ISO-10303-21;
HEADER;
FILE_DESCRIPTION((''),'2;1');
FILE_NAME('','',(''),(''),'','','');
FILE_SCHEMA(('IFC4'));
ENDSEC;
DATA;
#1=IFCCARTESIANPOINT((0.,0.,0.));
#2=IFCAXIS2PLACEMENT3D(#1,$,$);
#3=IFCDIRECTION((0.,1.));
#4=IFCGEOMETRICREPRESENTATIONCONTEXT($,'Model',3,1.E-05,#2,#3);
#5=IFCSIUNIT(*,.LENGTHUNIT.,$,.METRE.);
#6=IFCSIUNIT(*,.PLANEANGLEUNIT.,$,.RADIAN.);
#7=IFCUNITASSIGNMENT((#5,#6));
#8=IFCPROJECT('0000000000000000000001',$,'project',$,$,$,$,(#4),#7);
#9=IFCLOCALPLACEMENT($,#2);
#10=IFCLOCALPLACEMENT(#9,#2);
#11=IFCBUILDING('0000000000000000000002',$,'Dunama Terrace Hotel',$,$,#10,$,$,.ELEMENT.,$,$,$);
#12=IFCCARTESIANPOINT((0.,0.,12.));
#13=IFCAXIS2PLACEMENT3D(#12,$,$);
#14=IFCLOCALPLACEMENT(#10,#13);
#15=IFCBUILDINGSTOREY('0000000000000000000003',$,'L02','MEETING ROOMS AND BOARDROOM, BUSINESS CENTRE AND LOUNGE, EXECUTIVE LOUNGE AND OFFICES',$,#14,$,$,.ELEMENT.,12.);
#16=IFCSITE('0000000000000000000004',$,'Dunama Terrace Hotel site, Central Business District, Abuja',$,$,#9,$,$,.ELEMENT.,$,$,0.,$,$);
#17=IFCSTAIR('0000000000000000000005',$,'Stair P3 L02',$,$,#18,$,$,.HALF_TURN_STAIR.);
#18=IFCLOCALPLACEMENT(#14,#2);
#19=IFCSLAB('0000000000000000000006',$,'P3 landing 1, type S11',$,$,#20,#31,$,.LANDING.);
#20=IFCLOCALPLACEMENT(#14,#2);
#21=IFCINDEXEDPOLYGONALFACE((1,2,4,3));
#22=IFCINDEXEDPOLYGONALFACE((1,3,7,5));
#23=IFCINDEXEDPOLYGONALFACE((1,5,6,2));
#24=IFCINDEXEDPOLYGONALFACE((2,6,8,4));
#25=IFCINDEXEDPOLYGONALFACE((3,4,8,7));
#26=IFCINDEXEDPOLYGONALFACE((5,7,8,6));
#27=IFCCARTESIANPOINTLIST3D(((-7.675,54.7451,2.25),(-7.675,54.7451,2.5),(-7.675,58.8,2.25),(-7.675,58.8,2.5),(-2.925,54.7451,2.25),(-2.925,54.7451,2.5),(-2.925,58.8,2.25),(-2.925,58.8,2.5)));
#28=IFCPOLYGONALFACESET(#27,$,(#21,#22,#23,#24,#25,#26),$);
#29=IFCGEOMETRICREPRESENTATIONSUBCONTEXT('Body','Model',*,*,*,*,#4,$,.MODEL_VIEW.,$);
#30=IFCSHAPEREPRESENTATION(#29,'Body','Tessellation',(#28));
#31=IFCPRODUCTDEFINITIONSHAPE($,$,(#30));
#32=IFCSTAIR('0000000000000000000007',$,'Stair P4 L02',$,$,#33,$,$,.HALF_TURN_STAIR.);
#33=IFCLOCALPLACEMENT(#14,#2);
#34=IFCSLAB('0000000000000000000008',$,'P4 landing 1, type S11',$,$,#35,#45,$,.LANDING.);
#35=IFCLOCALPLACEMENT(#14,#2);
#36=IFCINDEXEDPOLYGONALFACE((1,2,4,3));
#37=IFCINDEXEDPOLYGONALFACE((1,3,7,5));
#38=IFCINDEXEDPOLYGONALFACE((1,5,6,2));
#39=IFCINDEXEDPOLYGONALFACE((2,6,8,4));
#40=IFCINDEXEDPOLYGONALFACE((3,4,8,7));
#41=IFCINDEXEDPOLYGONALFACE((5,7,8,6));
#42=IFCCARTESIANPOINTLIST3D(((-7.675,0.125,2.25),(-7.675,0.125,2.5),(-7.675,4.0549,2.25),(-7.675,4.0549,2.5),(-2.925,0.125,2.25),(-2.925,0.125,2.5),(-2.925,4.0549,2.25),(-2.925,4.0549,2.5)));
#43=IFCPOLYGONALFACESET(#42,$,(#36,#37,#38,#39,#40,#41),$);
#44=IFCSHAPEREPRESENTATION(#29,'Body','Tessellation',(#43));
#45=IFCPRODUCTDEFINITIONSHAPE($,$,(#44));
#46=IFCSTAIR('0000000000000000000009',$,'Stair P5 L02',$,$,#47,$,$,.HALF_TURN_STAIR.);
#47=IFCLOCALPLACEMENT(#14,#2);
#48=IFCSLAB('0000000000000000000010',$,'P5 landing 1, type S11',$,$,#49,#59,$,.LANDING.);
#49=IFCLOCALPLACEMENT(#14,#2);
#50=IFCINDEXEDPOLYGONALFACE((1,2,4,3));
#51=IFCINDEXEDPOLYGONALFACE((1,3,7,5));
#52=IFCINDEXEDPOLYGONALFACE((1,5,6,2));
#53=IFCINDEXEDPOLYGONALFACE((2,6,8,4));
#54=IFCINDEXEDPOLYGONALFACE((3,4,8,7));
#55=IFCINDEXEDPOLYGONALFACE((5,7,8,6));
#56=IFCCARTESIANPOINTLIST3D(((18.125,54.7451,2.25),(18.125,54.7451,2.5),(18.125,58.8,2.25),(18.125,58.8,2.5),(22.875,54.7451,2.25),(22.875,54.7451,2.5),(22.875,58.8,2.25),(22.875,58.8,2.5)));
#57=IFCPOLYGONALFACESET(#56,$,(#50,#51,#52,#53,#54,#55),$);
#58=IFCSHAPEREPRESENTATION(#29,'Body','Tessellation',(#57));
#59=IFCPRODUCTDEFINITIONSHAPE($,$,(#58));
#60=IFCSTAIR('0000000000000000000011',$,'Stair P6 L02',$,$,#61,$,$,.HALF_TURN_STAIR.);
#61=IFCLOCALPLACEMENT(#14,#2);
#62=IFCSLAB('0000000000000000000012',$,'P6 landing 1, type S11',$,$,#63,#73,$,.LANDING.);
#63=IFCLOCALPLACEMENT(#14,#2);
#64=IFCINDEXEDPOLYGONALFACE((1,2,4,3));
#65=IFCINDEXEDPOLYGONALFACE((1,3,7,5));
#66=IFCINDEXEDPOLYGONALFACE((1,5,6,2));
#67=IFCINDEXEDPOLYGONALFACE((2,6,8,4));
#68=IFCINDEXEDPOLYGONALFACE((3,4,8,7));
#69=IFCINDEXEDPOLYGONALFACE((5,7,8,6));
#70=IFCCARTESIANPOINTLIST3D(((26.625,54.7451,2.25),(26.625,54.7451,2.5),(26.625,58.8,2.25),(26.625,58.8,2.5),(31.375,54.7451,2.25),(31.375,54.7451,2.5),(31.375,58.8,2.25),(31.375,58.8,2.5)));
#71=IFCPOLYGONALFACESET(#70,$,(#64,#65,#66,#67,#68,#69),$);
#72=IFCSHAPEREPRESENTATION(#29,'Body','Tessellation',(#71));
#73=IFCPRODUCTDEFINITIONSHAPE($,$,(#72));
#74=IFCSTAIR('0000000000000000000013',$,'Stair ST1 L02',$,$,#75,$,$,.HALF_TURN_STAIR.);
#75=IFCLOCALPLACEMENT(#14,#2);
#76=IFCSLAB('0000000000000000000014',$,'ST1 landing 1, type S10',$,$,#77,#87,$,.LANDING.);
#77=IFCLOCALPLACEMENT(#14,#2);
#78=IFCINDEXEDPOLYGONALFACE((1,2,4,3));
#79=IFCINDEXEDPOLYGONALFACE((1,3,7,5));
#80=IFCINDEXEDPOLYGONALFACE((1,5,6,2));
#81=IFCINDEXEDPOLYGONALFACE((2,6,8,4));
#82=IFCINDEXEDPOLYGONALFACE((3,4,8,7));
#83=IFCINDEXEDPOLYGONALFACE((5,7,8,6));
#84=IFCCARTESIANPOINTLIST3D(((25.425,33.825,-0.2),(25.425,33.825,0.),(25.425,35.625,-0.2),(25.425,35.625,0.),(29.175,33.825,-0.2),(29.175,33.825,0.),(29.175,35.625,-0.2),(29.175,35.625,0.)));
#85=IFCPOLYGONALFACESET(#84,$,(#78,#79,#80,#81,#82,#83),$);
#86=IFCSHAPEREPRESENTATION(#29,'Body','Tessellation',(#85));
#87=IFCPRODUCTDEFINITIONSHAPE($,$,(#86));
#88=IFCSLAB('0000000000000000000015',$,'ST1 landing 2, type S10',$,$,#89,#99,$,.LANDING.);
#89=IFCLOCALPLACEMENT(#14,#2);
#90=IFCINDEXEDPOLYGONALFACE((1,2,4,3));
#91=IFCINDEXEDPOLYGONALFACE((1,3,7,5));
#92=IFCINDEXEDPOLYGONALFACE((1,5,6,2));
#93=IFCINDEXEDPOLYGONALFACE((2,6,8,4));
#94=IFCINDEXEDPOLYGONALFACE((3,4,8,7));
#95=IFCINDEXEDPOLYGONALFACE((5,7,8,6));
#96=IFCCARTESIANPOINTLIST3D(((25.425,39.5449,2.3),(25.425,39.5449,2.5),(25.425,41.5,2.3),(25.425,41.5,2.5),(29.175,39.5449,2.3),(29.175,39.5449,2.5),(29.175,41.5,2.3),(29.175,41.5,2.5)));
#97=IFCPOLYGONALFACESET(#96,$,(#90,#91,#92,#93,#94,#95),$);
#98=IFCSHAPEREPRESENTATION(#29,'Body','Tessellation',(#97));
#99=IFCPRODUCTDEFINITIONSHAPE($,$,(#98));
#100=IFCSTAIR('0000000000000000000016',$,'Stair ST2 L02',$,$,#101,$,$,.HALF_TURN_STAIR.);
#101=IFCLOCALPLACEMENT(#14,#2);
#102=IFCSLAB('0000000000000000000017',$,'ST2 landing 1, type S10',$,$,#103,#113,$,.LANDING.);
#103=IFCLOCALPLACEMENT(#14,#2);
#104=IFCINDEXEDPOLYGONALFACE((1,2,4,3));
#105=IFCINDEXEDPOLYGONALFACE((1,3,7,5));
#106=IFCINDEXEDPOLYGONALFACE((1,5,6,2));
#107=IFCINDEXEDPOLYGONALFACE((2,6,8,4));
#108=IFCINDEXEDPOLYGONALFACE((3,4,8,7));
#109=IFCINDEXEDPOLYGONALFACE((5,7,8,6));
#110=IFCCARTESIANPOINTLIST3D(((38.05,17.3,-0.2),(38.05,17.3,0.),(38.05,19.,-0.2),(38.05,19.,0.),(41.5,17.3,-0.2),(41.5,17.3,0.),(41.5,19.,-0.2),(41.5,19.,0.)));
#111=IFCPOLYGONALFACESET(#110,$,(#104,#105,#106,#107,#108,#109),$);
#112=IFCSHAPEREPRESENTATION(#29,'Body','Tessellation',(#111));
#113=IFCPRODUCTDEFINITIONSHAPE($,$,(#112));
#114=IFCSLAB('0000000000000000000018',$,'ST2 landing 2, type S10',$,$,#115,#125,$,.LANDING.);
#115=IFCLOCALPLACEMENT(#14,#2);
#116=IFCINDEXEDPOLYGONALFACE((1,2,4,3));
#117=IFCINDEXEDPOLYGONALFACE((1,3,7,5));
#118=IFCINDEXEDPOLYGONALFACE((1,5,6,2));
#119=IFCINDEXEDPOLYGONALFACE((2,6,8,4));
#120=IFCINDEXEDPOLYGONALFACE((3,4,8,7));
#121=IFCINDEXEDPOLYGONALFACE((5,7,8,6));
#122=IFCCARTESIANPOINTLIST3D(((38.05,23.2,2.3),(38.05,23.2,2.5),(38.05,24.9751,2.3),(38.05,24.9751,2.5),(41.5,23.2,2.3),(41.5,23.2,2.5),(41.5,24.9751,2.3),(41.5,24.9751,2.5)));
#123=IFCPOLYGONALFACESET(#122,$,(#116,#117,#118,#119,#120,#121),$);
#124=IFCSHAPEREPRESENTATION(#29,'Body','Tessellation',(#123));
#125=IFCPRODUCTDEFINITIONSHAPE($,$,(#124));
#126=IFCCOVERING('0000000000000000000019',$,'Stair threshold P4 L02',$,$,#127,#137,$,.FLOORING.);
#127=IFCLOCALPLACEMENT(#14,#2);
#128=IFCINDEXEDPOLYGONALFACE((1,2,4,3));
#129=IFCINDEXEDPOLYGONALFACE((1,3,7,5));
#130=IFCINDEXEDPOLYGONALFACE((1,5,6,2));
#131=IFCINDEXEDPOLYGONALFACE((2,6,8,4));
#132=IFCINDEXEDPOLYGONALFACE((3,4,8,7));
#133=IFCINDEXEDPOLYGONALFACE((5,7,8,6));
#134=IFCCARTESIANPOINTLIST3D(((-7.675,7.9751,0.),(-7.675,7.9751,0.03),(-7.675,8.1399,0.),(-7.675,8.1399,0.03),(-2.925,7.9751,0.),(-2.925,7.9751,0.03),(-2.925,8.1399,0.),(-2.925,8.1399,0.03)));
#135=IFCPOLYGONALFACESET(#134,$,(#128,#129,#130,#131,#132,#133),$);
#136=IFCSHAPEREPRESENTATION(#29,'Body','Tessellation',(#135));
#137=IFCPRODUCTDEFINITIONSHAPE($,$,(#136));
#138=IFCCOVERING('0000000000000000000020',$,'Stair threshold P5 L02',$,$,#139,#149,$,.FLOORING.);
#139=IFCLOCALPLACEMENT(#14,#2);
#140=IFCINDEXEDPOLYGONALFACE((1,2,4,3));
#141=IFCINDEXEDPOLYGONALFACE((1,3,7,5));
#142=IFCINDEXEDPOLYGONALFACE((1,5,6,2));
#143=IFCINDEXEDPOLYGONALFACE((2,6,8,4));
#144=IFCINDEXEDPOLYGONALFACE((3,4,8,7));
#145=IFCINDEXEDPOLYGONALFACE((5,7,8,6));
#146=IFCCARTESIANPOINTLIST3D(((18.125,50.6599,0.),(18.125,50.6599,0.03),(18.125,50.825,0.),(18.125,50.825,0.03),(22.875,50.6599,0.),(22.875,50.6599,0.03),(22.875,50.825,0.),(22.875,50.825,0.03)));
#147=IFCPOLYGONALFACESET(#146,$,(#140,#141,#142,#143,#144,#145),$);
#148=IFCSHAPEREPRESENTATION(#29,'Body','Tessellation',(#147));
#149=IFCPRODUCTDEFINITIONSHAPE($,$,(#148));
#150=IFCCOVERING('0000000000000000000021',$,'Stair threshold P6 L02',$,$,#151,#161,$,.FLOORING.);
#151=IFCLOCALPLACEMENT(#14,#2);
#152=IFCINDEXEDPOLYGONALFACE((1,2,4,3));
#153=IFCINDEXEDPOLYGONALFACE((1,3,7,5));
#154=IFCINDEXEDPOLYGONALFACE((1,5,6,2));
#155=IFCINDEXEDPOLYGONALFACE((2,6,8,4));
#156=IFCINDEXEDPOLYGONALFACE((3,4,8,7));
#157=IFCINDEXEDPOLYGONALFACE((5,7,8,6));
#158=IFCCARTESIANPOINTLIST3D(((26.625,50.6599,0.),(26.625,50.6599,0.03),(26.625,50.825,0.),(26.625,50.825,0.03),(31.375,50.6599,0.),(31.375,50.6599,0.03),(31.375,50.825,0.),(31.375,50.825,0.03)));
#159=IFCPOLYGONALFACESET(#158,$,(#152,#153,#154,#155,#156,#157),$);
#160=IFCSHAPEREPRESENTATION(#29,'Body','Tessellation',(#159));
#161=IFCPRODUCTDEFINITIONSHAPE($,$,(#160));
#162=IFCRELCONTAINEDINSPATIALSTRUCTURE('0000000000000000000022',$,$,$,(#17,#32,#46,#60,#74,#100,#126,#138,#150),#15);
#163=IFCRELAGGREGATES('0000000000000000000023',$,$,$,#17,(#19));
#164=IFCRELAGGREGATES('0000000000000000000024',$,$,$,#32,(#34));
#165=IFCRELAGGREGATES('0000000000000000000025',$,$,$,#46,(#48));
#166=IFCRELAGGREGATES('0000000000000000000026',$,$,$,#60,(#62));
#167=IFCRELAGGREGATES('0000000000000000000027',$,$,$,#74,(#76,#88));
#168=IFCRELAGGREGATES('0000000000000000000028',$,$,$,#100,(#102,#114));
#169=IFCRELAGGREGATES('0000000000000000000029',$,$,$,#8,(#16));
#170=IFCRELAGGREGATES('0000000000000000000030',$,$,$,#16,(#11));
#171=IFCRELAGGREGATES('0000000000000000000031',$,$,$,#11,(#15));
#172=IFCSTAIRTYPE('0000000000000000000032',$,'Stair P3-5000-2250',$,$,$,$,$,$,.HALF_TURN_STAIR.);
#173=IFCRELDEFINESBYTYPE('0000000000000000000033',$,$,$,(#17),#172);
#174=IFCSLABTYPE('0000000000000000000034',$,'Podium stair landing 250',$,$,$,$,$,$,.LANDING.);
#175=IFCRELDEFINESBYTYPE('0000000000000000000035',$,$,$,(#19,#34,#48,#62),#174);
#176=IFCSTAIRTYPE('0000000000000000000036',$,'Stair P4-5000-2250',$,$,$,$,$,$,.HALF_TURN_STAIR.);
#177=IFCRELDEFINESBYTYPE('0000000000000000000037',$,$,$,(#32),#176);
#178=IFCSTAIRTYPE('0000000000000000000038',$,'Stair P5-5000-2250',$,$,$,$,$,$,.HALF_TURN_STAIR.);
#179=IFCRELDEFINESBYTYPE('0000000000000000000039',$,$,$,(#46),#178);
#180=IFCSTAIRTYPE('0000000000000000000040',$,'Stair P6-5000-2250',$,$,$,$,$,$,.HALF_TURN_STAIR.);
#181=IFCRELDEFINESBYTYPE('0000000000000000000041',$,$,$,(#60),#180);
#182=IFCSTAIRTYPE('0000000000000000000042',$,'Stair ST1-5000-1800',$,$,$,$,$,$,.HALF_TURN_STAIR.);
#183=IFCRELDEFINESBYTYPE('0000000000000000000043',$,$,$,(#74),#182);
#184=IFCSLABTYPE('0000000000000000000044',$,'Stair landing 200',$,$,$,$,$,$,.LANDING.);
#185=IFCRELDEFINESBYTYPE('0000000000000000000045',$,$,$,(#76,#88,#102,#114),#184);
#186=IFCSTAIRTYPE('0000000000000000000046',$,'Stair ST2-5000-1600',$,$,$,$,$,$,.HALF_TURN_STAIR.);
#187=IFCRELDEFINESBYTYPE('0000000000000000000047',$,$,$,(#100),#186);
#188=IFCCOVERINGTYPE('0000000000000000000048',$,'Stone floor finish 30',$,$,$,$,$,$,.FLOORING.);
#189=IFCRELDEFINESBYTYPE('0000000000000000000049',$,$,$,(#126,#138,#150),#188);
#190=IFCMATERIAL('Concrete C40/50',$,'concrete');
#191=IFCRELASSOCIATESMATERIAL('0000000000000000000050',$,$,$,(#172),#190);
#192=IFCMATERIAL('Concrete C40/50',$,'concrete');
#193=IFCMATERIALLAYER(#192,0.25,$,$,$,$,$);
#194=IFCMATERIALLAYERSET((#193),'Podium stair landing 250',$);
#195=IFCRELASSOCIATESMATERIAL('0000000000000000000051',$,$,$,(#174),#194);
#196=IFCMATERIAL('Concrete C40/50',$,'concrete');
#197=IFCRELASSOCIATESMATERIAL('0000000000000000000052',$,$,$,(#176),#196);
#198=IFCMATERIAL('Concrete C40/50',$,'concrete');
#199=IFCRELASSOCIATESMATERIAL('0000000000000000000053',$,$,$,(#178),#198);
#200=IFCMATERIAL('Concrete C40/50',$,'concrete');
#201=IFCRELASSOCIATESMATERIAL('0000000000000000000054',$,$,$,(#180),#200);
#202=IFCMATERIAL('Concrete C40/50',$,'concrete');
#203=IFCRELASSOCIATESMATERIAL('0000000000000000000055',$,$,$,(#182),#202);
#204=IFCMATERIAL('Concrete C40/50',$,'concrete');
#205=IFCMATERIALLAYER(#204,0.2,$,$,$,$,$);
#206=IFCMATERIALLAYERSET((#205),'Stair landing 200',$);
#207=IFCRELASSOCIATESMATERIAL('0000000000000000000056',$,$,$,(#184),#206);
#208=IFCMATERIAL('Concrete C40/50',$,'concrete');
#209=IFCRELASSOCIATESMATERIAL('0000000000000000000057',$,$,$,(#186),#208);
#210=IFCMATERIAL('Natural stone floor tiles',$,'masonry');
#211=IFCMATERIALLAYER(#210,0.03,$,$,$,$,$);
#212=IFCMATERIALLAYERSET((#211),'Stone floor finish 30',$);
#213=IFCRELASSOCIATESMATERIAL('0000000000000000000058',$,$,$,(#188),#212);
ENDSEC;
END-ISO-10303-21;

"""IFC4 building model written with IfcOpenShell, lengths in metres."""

from ifc_helpers import new_model, si_unit, direction, frame, origin, place, context, subcontext, project, spatial, polyline, outline, extrude, material, layer, layer_set, type_object, element, aggregate, save


model = new_model("IFC4")

# Units and contexts
model_context = context("Model", 3, precision=1e-05, world=origin(), true_north=direction((0.0, 1.0)))
body_context = subcontext(model_context, "Body", "Model", "MODEL_VIEW")
ifc_project = project(units=[si_unit("LENGTHUNIT", "METRE"), si_unit("PLANEANGLEUNIT", "RADIAN")], contexts=[model_context])

# Site, building, storey
site_placement = place(None, origin())
site = spatial("IfcSite", under=ifc_project, at=site_placement, Name="Dunama Terrace Hotel site, Central Business District, Abuja", CompositionType="ELEMENT", RefElevation=0.0)
building_placement = place(site_placement, origin())
building = spatial("IfcBuilding", under=site, at=building_placement, Name="Dunama Terrace Hotel", CompositionType="ELEMENT")
storey_placement = place(building_placement, frame((0.0, 0.0, 12.0)))
storey = spatial("IfcBuildingStorey", under=building, at=storey_placement, Name="L02", Description="MEETING ROOMS AND BOARDROOM, BUSINESS CENTRE AND LOUNGE, EXECUTIVE LOUNGE AND OFFICES", CompositionType="ELEMENT", Elevation=12.0)

# Stairs, slabs
ifc_material_1 = material(Name="Concrete C40/50", Category="concrete")
stair_type_1 = type_object("IfcStairType", Name="Stair P3-5000-2250", PredefinedType="HALF_TURN_STAIR", material=ifc_material_1)
stair_1_placement = place(storey_placement, origin())
stair_1 = element("IfcStair", 1, at=stair_1_placement, inside=storey, type_object=stair_type_1, Name="Stair P3 L02", PredefinedType="HALF_TURN_STAIR")
ifc_material_2 = material(Name="Concrete C40/50", Category="concrete")
ifc_layer_1 = layer(ifc_material_2, 0.25)
ifc_layer_set_1 = layer_set([ifc_layer_1], Name="Podium stair landing 250")
slab_type_1 = type_object("IfcSlabType", Name="Podium stair landing 250", PredefinedType="LANDING", material=ifc_layer_set_1)
slab_1_placement = place(storey_placement, frame((0.0, 0.0, 2.25)))
slab_1 = element("IfcSlab", 2, at=slab_1_placement, type_object=slab_type_1, Name="P3 landing 1, type S11", PredefinedType="LANDING", context=body_context, shape_type="SweptSolid", body=[
    extrude(outline(polyline([(-7.675, 54.7451), (-2.925, 54.7451), (-2.925, 58.8), (-7.675, 58.8), (-7.675, 54.7451)])), origin(), (0.0, 0.0, 1.0), 0.25),
])
aggregate(stair_1, [slab_1])
ifc_material_3 = material(Name="Concrete C40/50", Category="concrete")
stair_type_2 = type_object("IfcStairType", Name="Stair P4-5000-2250", PredefinedType="HALF_TURN_STAIR", material=ifc_material_3)
stair_2_placement = place(storey_placement, origin())
stair_2 = element("IfcStair", 3, at=stair_2_placement, inside=storey, type_object=stair_type_2, Name="Stair P4 L02", PredefinedType="HALF_TURN_STAIR")
slab_2_placement = place(storey_placement, frame((0.0, 0.0, 2.25)))
slab_2 = element("IfcSlab", 4, at=slab_2_placement, type_object=slab_type_1, Name="P4 landing 1, type S11", PredefinedType="LANDING", context=body_context, shape_type="SweptSolid", body=[
    extrude(outline(polyline([(-7.675, 0.125), (-2.925, 0.125), (-2.925, 4.0549), (-7.675, 4.0549), (-7.675, 0.125)])), origin(), (0.0, 0.0, 1.0), 0.25),
])
aggregate(stair_2, [slab_2])
ifc_material_4 = material(Name="Concrete C40/50", Category="concrete")
stair_type_3 = type_object("IfcStairType", Name="Stair P5-5000-2250", PredefinedType="HALF_TURN_STAIR", material=ifc_material_4)
stair_3_placement = place(storey_placement, origin())
stair_3 = element("IfcStair", 5, at=stair_3_placement, inside=storey, type_object=stair_type_3, Name="Stair P5 L02", PredefinedType="HALF_TURN_STAIR")
slab_3_placement = place(storey_placement, frame((0.0, 0.0, 2.25)))
slab_3 = element("IfcSlab", 6, at=slab_3_placement, type_object=slab_type_1, Name="P5 landing 1, type S11", PredefinedType="LANDING", context=body_context, shape_type="SweptSolid", body=[
    extrude(outline(polyline([(18.125, 54.7451), (22.875, 54.7451), (22.875, 58.8), (18.125, 58.8), (18.125, 54.7451)])), origin(), (0.0, 0.0, 1.0), 0.25),
])
aggregate(stair_3, [slab_3])
ifc_material_5 = material(Name="Concrete C40/50", Category="concrete")
stair_type_4 = type_object("IfcStairType", Name="Stair P6-5000-2250", PredefinedType="HALF_TURN_STAIR", material=ifc_material_5)
stair_4_placement = place(storey_placement, origin())
stair_4 = element("IfcStair", 7, at=stair_4_placement, inside=storey, type_object=stair_type_4, Name="Stair P6 L02", PredefinedType="HALF_TURN_STAIR")
slab_4_placement = place(storey_placement, frame((0.0, 0.0, 2.25)))
slab_4 = element("IfcSlab", 8, at=slab_4_placement, type_object=slab_type_1, Name="P6 landing 1, type S11", PredefinedType="LANDING", context=body_context, shape_type="SweptSolid", body=[
    extrude(outline(polyline([(26.625, 54.7451), (31.375, 54.7451), (31.375, 58.8), (26.625, 58.8), (26.625, 54.7451)])), origin(), (0.0, 0.0, 1.0), 0.25),
])
aggregate(stair_4, [slab_4])

# Stairs, slabs
ifc_material_6 = material(Name="Concrete C40/50", Category="concrete")
stair_type_5 = type_object("IfcStairType", Name="Stair ST1-5000-1800", PredefinedType="HALF_TURN_STAIR", material=ifc_material_6)
stair_5_placement = place(storey_placement, origin())
stair_5 = element("IfcStair", 9, at=stair_5_placement, inside=storey, type_object=stair_type_5, Name="Stair ST1 L02", PredefinedType="HALF_TURN_STAIR")
ifc_material_7 = material(Name="Concrete C40/50", Category="concrete")
ifc_layer_2 = layer(ifc_material_7, 0.2)
ifc_layer_set_2 = layer_set([ifc_layer_2], Name="Stair landing 200")
slab_type_2 = type_object("IfcSlabType", Name="Stair landing 200", PredefinedType="LANDING", material=ifc_layer_set_2)
slab_5_placement = place(storey_placement, frame((0.0, 0.0, -0.2)))
slab_5 = element("IfcSlab", 10, at=slab_5_placement, type_object=slab_type_2, Name="ST1 landing 1, type S10", PredefinedType="LANDING", context=body_context, shape_type="SweptSolid", body=[
    extrude(outline(polyline([(25.425, 33.825), (29.175, 33.825), (29.175, 35.625), (25.425, 35.625), (25.425, 33.825)])), origin(), (0.0, 0.0, 1.0), 0.2),
])
slab_6_placement = place(storey_placement, frame((0.0, 0.0, 2.3)))
slab_6 = element("IfcSlab", 11, at=slab_6_placement, type_object=slab_type_2, Name="ST1 landing 2, type S10", PredefinedType="LANDING", context=body_context, shape_type="SweptSolid", body=[
    extrude(outline(polyline([(25.425, 39.5449), (29.175, 39.5449), (29.175, 41.5), (25.425, 41.5), (25.425, 39.5449)])), origin(), (0.0, 0.0, 1.0), 0.2),
])
aggregate(stair_5, [slab_5, slab_6])
ifc_material_8 = material(Name="Concrete C40/50", Category="concrete")
stair_type_6 = type_object("IfcStairType", Name="Stair ST2-5000-1600", PredefinedType="HALF_TURN_STAIR", material=ifc_material_8)
stair_6_placement = place(storey_placement, origin())
stair_6 = element("IfcStair", 12, at=stair_6_placement, inside=storey, type_object=stair_type_6, Name="Stair ST2 L02", PredefinedType="HALF_TURN_STAIR")
slab_7_placement = place(storey_placement, frame((0.0, 0.0, -0.2)))
slab_7 = element("IfcSlab", 13, at=slab_7_placement, type_object=slab_type_2, Name="ST2 landing 1, type S10", PredefinedType="LANDING", context=body_context, shape_type="SweptSolid", body=[
    extrude(outline(polyline([(38.05, 17.3), (41.5, 17.3), (41.5, 19.0), (38.05, 19.0), (38.05, 17.3)])), origin(), (0.0, 0.0, 1.0), 0.2),
])
slab_8_placement = place(storey_placement, frame((0.0, 0.0, 2.3)))
slab_8 = element("IfcSlab", 14, at=slab_8_placement, type_object=slab_type_2, Name="ST2 landing 2, type S10", PredefinedType="LANDING", context=body_context, shape_type="SweptSolid", body=[
    extrude(outline(polyline([(38.05, 23.2), (41.5, 23.2), (41.5, 24.9751), (38.05, 24.9751), (38.05, 23.2)])), origin(), (0.0, 0.0, 1.0), 0.2),
])
aggregate(stair_6, [slab_7, slab_8])

# Coverings
ifc_material_9 = material(Name="Natural stone floor tiles", Category="masonry")
ifc_layer_3 = layer(ifc_material_9, 0.03)
ifc_layer_set_3 = layer_set([ifc_layer_3], Name="Stone floor finish 30")
covering_type_1 = type_object("IfcCoveringType", Name="Stone floor finish 30", PredefinedType="FLOORING", material=ifc_layer_set_3)
covering_1_placement = place(storey_placement, origin())
element("IfcCovering", 15, at=covering_1_placement, inside=storey, type_object=covering_type_1, Name="Stair threshold P4 L02", PredefinedType="FLOORING", context=body_context, shape_type="SweptSolid", body=[
    extrude(outline(polyline([(-2.925, 7.9751), (-2.925, 8.1399), (-7.675, 8.1399), (-7.675, 7.9751), (-2.925, 7.9751)])), origin(), (0.0, 0.0, 1.0), 0.03),
])
covering_2_placement = place(storey_placement, origin())
element("IfcCovering", 16, at=covering_2_placement, inside=storey, type_object=covering_type_1, Name="Stair threshold P5 L02", PredefinedType="FLOORING", context=body_context, shape_type="SweptSolid", body=[
    extrude(outline(polyline([(22.875, 50.6599), (22.875, 50.825), (18.125, 50.825), (18.125, 50.6599), (22.875, 50.6599)])), origin(), (0.0, 0.0, 1.0), 0.03),
])
covering_3_placement = place(storey_placement, origin())
element("IfcCovering", 17, at=covering_3_placement, inside=storey, type_object=covering_type_1, Name="Stair threshold P6 L02", PredefinedType="FLOORING", context=body_context, shape_type="SweptSolid", body=[
    extrude(outline(polyline([(31.375, 50.6599), (31.375, 50.825), (26.625, 50.825), (26.625, 50.6599), (31.375, 50.6599)])), origin(), (0.0, 0.0, 1.0), 0.03),
])

save(model, "model.ifc")
